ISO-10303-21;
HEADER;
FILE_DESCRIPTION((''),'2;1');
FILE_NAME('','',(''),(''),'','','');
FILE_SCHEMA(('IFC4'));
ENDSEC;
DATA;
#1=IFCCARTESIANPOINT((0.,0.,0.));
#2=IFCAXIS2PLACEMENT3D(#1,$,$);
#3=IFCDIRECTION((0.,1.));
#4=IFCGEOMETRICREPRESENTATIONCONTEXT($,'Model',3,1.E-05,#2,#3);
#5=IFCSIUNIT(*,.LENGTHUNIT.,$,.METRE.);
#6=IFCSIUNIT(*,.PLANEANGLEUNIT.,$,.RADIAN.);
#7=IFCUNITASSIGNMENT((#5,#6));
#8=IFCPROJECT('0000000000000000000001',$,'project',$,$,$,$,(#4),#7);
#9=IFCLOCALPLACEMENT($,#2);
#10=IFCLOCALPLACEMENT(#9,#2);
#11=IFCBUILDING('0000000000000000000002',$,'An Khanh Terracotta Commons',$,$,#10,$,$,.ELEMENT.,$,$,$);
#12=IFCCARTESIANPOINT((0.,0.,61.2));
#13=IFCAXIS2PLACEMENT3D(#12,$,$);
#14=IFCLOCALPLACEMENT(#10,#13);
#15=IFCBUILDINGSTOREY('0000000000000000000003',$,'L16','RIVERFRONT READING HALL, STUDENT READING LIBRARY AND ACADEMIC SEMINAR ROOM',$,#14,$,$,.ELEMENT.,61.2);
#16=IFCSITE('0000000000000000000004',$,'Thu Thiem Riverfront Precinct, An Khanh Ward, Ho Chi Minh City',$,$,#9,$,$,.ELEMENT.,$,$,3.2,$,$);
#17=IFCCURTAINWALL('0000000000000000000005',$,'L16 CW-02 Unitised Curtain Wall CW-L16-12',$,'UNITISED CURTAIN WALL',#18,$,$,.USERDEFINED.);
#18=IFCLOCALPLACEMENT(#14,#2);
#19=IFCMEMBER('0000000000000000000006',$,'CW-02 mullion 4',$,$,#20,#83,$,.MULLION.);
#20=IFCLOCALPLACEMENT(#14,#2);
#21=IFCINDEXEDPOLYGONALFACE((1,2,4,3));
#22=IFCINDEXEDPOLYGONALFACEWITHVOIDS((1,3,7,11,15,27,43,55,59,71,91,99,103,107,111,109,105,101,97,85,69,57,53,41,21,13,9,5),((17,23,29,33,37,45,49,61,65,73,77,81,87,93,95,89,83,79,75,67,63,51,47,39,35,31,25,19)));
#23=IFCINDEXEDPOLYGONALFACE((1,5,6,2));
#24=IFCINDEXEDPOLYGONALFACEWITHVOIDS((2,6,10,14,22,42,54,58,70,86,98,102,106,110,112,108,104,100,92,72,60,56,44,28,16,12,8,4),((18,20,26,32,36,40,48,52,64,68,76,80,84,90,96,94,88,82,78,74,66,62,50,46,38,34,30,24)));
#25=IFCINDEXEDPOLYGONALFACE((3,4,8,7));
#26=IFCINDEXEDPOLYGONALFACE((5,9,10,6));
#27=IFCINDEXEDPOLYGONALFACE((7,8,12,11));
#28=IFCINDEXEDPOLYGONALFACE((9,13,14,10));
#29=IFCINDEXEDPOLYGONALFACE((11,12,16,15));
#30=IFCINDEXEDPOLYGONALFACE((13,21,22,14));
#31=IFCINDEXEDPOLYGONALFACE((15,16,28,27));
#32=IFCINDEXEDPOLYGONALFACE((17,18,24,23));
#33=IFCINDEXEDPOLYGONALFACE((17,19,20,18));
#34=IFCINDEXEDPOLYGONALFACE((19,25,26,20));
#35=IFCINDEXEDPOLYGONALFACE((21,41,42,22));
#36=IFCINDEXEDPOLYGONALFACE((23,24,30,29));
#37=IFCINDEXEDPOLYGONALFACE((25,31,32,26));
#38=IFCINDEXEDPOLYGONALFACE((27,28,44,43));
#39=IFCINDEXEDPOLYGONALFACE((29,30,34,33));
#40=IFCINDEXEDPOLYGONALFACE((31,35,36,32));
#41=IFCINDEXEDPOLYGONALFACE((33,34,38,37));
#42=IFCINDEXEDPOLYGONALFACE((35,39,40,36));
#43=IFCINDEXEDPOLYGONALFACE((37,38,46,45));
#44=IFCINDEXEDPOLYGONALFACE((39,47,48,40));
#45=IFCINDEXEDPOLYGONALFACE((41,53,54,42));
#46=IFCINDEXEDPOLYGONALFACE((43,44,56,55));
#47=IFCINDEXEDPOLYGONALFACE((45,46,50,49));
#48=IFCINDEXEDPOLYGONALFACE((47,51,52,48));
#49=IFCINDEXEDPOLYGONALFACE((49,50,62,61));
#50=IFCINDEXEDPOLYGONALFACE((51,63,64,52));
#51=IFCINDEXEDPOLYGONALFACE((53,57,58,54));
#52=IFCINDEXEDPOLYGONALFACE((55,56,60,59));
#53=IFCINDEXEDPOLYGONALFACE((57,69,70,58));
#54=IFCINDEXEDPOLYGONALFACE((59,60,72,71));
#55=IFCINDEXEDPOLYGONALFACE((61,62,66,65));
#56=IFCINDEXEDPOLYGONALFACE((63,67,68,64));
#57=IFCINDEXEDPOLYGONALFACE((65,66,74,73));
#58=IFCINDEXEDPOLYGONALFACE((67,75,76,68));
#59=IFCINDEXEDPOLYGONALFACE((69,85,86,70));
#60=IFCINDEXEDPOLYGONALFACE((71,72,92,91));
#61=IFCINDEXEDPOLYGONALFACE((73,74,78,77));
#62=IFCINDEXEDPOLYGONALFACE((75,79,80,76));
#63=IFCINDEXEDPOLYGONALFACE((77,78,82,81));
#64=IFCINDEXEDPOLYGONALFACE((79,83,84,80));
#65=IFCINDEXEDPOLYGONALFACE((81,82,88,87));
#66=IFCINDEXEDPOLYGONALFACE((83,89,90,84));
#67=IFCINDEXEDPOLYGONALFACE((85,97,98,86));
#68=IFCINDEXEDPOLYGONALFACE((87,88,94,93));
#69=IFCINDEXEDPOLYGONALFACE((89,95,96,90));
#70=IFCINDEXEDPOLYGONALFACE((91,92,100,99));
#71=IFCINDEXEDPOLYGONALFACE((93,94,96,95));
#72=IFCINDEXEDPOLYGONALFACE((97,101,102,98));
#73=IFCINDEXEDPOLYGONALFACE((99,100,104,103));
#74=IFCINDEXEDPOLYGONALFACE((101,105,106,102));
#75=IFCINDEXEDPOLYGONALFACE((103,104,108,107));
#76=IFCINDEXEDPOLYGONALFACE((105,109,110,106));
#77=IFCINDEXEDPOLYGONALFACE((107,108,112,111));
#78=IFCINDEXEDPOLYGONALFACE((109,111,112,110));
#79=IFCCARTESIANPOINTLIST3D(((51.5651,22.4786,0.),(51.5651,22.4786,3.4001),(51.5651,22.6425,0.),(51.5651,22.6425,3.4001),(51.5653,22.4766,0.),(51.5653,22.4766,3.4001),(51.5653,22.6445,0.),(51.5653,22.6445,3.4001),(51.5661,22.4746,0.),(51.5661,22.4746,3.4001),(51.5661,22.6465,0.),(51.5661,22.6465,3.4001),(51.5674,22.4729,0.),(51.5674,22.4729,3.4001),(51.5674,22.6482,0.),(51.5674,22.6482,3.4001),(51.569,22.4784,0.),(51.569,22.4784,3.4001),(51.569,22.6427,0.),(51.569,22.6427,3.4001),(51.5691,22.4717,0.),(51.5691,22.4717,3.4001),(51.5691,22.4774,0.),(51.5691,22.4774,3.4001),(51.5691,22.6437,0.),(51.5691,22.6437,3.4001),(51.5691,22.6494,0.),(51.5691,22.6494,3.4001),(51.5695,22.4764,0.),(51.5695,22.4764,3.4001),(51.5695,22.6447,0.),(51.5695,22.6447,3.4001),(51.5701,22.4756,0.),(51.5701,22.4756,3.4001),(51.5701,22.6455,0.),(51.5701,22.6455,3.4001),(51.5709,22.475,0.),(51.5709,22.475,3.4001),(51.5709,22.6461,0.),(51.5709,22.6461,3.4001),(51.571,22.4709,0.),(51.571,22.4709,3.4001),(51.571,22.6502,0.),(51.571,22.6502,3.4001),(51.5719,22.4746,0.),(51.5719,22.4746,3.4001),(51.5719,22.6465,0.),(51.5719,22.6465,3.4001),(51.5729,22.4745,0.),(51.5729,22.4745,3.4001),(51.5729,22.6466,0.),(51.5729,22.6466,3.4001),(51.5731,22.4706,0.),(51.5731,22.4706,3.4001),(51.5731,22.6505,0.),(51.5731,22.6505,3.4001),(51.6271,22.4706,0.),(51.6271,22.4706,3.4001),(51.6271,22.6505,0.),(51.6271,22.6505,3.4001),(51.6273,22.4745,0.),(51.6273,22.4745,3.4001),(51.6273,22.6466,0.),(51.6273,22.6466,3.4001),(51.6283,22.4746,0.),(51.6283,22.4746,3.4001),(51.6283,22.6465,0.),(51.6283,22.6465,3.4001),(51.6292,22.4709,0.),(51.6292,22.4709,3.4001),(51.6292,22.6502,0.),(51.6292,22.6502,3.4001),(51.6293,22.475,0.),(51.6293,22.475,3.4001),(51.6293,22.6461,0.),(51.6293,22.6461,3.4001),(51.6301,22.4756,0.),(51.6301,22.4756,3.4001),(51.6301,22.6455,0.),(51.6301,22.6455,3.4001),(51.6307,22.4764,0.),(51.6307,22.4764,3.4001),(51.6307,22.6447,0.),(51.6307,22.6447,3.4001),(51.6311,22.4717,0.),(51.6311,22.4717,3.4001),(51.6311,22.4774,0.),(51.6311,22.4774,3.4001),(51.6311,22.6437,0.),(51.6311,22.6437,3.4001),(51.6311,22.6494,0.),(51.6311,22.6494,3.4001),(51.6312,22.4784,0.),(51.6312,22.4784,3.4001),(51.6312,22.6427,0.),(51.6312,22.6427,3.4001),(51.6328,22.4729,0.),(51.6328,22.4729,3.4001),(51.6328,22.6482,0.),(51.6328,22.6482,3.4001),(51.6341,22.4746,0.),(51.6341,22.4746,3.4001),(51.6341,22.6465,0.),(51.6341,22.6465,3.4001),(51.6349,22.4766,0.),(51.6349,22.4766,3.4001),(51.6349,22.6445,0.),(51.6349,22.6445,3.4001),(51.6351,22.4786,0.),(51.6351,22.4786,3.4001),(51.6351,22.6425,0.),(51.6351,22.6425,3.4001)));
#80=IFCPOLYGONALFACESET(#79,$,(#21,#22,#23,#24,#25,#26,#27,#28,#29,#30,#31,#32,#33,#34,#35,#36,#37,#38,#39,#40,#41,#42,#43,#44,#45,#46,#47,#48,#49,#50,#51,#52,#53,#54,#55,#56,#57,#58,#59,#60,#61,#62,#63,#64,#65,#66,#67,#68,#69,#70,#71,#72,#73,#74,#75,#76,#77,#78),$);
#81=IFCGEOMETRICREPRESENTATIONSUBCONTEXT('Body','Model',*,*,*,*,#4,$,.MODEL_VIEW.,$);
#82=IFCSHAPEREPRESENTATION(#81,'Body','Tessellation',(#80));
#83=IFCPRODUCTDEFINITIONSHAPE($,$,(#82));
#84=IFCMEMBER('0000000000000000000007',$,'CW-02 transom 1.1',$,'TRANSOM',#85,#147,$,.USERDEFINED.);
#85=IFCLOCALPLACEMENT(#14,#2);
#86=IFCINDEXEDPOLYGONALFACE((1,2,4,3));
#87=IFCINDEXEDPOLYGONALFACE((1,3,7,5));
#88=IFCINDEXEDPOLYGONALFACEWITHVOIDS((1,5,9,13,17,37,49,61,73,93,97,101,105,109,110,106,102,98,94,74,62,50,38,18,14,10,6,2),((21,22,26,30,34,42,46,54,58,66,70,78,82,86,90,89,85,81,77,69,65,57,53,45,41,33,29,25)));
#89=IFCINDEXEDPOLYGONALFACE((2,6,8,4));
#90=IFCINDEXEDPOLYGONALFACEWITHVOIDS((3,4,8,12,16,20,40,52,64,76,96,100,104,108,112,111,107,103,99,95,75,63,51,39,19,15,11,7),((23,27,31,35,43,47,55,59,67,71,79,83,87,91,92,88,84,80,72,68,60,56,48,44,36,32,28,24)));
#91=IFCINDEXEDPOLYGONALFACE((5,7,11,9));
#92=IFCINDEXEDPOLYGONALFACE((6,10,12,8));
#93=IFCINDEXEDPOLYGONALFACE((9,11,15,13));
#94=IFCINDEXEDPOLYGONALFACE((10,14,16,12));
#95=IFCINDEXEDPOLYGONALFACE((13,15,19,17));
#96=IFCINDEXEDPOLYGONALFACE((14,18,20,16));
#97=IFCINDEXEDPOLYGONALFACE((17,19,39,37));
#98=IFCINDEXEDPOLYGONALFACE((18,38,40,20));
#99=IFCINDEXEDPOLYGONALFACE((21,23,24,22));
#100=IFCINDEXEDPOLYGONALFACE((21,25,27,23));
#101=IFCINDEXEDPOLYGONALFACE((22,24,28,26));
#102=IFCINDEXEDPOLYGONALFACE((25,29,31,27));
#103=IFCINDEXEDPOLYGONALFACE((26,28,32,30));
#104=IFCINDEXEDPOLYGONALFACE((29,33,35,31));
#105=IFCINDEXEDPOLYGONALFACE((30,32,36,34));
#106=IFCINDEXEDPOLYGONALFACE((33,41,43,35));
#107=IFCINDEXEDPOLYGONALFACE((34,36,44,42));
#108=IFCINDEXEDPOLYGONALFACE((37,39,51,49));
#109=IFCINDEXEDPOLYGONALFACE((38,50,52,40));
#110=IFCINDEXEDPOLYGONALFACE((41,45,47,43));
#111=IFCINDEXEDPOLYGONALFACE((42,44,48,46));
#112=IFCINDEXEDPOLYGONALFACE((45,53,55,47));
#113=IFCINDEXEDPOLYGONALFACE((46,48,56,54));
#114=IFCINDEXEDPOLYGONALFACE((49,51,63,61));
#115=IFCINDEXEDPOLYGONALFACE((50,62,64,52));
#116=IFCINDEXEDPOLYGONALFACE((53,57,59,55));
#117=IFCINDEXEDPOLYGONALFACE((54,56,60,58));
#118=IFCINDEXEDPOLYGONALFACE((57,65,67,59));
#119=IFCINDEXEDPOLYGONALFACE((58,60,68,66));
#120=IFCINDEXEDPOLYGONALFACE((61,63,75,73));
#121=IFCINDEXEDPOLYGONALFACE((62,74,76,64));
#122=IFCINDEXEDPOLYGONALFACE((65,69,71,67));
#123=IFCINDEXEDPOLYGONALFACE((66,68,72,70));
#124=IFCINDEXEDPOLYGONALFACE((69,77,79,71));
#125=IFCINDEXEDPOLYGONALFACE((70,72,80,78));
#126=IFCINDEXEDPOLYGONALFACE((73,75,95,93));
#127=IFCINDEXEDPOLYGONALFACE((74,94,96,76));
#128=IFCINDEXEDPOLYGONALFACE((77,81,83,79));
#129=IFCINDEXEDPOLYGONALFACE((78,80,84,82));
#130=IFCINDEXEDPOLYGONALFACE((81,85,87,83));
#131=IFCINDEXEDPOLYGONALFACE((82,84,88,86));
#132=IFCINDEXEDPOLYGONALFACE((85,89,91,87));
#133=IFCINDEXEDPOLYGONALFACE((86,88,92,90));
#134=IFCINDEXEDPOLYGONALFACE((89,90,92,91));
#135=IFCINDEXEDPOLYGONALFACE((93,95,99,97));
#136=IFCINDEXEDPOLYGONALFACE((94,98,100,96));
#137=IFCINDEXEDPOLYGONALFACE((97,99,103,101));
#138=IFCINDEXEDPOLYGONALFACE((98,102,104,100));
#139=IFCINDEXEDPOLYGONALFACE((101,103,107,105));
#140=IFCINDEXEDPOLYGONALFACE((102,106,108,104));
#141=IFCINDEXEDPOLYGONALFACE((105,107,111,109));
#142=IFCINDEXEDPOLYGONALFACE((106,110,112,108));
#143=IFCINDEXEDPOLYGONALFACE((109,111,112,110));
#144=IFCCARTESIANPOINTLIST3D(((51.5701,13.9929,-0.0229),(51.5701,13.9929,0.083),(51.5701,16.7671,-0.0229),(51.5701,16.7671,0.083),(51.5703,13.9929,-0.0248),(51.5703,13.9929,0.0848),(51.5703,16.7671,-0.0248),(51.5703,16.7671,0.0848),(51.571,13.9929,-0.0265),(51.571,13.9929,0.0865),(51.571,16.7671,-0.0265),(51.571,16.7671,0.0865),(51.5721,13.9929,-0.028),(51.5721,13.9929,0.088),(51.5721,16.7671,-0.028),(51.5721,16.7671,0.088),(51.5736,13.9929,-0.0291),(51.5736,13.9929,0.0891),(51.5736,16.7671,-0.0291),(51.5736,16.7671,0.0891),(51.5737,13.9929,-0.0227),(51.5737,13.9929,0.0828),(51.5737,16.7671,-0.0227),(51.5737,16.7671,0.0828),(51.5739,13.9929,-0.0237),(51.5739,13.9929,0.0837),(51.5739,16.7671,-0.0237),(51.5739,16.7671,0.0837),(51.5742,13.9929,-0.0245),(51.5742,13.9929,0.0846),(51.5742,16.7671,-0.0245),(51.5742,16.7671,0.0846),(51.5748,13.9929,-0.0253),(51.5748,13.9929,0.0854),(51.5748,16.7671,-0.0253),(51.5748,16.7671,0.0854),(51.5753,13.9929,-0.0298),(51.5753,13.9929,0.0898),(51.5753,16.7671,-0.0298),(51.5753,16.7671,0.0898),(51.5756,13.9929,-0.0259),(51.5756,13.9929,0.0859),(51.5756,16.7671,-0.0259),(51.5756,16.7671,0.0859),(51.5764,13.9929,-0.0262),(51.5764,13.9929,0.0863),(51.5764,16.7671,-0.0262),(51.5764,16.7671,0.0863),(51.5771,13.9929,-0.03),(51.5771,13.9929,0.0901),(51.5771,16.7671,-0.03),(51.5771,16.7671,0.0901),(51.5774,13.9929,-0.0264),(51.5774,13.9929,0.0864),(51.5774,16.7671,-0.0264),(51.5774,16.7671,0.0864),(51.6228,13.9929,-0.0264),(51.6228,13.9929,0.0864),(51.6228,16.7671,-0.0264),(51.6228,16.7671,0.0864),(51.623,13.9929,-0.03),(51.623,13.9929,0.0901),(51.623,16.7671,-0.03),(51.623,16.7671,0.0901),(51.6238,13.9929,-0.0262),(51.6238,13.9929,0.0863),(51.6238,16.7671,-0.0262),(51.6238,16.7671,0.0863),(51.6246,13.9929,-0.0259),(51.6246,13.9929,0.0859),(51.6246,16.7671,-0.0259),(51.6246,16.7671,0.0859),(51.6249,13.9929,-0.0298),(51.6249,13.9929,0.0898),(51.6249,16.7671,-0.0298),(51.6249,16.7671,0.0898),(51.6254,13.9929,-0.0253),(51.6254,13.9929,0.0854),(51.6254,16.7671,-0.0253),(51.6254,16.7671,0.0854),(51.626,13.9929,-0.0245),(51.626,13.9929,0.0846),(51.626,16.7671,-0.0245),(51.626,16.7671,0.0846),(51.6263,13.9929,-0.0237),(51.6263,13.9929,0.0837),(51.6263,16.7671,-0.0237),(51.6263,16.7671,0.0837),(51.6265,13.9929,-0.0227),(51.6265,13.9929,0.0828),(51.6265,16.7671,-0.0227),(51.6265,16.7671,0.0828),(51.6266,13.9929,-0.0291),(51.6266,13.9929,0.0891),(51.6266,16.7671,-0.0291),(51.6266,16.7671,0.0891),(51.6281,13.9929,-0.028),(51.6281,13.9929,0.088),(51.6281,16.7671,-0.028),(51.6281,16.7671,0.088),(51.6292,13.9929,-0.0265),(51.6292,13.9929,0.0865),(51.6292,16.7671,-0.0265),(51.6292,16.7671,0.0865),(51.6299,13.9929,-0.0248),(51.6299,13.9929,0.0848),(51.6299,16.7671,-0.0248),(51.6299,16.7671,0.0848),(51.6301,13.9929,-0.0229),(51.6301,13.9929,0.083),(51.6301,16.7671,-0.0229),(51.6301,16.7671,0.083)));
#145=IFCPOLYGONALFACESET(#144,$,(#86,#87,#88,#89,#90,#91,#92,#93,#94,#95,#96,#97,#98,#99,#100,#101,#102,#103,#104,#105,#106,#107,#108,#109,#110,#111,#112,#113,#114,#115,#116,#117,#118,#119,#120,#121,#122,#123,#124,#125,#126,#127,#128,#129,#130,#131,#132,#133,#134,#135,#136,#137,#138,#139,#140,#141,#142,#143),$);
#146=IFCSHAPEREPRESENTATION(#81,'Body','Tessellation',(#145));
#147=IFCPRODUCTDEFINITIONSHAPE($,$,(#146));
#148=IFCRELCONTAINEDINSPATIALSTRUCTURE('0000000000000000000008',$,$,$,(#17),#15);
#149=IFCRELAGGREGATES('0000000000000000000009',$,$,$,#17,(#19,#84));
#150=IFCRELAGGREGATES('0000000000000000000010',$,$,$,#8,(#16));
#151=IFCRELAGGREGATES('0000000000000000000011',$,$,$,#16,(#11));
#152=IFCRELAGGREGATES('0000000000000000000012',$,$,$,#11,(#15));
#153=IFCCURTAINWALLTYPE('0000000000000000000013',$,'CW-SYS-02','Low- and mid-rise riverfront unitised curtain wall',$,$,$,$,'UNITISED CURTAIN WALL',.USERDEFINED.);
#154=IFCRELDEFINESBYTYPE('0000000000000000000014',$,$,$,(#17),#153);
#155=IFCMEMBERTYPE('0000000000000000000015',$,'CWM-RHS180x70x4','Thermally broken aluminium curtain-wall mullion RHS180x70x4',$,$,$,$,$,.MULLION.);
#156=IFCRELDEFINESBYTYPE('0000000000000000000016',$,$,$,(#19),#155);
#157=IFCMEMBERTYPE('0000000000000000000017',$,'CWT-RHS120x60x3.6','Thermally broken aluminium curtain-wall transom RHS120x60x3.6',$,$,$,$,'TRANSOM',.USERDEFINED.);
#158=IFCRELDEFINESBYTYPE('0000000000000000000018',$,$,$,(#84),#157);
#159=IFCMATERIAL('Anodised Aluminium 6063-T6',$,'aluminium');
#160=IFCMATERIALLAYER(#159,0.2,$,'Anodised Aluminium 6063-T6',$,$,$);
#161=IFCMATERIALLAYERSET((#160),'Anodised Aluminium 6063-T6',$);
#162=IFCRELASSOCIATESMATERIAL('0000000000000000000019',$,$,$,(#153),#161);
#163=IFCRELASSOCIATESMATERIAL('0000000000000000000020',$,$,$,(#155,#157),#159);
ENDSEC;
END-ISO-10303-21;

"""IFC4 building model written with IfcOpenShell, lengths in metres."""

from ifc_helpers import new_model, si_unit, direction, frame, origin, origin_2d, place, context, subcontext, project, spatial, hollow_rectangle, extrude, material, layer, layer_set, material_profile, profile_set, type_object, element, aggregate, save


model = new_model("IFC4")

# Units and contexts
model_context = context("Model", 3, precision=1e-05, world=origin(), true_north=direction((0.0, 1.0)))
body_context = subcontext(model_context, "Body", "Model", "MODEL_VIEW")
ifc_project = project(units=[si_unit("LENGTHUNIT", "METRE"), si_unit("PLANEANGLEUNIT", "RADIAN")], contexts=[model_context])

# Site, building, storey
site_placement = place(None, origin())
site = spatial("IfcSite", under=ifc_project, at=site_placement, Name="Thu Thiem Riverfront Precinct, An Khanh Ward, Ho Chi Minh City", CompositionType="ELEMENT", RefElevation=3.2)
building_placement = place(site_placement, origin())
building = spatial("IfcBuilding", under=site, at=building_placement, Name="An Khanh Terracotta Commons", CompositionType="ELEMENT")
storey_placement = place(building_placement, frame((0.0, 0.0, 61.2)))
storey = spatial("IfcBuildingStorey", under=building, at=storey_placement, Name="L16", Description="RIVERFRONT READING HALL, STUDENT READING LIBRARY AND ACADEMIC SEMINAR ROOM", CompositionType="ELEMENT", Elevation=61.2)

# Curtain wall, members
ifc_material_1 = material(Name="Anodised Aluminium 6063-T6", Category="aluminium")
ifc_layer_1 = layer(ifc_material_1, 0.2, Name="Anodised Aluminium 6063-T6")
ifc_layer_set_1 = layer_set([ifc_layer_1], Name="Anodised Aluminium 6063-T6")
curtain_wall_type = type_object("IfcCurtainWallType", Name="CW-SYS-02", Description="Low- and mid-rise riverfront unitised curtain wall", ElementType="UNITISED CURTAIN WALL", PredefinedType="USERDEFINED", material=ifc_layer_set_1)
curtain_wall_placement = place(storey_placement, origin())
curtain_wall = element("IfcCurtainWall", 1, at=curtain_wall_placement, inside=storey, type_object=curtain_wall_type, Name="L16 CW-02 Unitised Curtain Wall CW-L16-12", ObjectType="UNITISED CURTAIN WALL", PredefinedType="USERDEFINED")
ifc_material_profile_1 = material_profile(ifc_material_1, hollow_rectangle(XDim=0.0701, YDim=0.1799, WallThickness=0.0039, InnerFilletRadius=0.0039, OuterFilletRadius=0.0081, at=origin_2d()), Name="RHS180x70x4")
ifc_profile_set_1 = profile_set([ifc_material_profile_1], Name="Anodised Aluminium 6063-T6")
member_type_1 = type_object("IfcMemberType", Name="CWM-RHS180x70x4", Description="Thermally broken aluminium curtain-wall mullion RHS180x70x4", PredefinedType="MULLION", material=ifc_profile_set_1)
member_1_placement = place(storey_placement, frame((51.6001, 22.5605, 0.0), z_axis=(0.0, 0.0, 1.0), x_axis=(-1.0, 0.0, 0.0)))
member_1 = element("IfcMember", 2, at=member_1_placement, type_object=member_type_1, Name="CW-02 mullion 4", PredefinedType="MULLION", context=body_context, shape_type="SweptSolid", body=[
    extrude(hollow_rectangle(XDim=0.0701, YDim=0.1799, WallThickness=0.0039, InnerFilletRadius=0.0039, OuterFilletRadius=0.0081, at=origin_2d()), origin(), (0.0, 0.0, 1.0), 3.4001),
])
ifc_material_profile_2 = material_profile(ifc_material_1, hollow_rectangle(XDim=0.0601, YDim=0.1201, WallThickness=0.0037, InnerFilletRadius=0.0037, OuterFilletRadius=0.0071, at=origin_2d()), Name="RHS120x60x3.6")
ifc_profile_set_2 = profile_set([ifc_material_profile_2], Name="Anodised Aluminium 6063-T6")
member_type_2 = type_object("IfcMemberType", Name="CWT-RHS120x60x3.6", Description="Thermally broken aluminium curtain-wall transom RHS120x60x3.6", ElementType="TRANSOM", PredefinedType="USERDEFINED", material=ifc_profile_set_2)
member_2_placement = place(storey_placement, frame((51.6001, 13.9929, 0.03), z_axis=(0.0, 1.0, 0.0), x_axis=(-1.0, 0.0, 0.0)))
member_2 = element("IfcMember", 3, at=member_2_placement, type_object=member_type_2, Name="CW-02 transom 1.1", ObjectType="TRANSOM", PredefinedType="USERDEFINED", context=body_context, shape_type="SweptSolid", body=[
    extrude(hollow_rectangle(XDim=0.0601, YDim=0.1201, WallThickness=0.0037, InnerFilletRadius=0.0037, OuterFilletRadius=0.0071, at=origin_2d()), origin(), (0.0, 0.0, 1.0), 2.7742),
])
aggregate(curtain_wall, [member_1, member_2])

save(model, "model.ifc")
